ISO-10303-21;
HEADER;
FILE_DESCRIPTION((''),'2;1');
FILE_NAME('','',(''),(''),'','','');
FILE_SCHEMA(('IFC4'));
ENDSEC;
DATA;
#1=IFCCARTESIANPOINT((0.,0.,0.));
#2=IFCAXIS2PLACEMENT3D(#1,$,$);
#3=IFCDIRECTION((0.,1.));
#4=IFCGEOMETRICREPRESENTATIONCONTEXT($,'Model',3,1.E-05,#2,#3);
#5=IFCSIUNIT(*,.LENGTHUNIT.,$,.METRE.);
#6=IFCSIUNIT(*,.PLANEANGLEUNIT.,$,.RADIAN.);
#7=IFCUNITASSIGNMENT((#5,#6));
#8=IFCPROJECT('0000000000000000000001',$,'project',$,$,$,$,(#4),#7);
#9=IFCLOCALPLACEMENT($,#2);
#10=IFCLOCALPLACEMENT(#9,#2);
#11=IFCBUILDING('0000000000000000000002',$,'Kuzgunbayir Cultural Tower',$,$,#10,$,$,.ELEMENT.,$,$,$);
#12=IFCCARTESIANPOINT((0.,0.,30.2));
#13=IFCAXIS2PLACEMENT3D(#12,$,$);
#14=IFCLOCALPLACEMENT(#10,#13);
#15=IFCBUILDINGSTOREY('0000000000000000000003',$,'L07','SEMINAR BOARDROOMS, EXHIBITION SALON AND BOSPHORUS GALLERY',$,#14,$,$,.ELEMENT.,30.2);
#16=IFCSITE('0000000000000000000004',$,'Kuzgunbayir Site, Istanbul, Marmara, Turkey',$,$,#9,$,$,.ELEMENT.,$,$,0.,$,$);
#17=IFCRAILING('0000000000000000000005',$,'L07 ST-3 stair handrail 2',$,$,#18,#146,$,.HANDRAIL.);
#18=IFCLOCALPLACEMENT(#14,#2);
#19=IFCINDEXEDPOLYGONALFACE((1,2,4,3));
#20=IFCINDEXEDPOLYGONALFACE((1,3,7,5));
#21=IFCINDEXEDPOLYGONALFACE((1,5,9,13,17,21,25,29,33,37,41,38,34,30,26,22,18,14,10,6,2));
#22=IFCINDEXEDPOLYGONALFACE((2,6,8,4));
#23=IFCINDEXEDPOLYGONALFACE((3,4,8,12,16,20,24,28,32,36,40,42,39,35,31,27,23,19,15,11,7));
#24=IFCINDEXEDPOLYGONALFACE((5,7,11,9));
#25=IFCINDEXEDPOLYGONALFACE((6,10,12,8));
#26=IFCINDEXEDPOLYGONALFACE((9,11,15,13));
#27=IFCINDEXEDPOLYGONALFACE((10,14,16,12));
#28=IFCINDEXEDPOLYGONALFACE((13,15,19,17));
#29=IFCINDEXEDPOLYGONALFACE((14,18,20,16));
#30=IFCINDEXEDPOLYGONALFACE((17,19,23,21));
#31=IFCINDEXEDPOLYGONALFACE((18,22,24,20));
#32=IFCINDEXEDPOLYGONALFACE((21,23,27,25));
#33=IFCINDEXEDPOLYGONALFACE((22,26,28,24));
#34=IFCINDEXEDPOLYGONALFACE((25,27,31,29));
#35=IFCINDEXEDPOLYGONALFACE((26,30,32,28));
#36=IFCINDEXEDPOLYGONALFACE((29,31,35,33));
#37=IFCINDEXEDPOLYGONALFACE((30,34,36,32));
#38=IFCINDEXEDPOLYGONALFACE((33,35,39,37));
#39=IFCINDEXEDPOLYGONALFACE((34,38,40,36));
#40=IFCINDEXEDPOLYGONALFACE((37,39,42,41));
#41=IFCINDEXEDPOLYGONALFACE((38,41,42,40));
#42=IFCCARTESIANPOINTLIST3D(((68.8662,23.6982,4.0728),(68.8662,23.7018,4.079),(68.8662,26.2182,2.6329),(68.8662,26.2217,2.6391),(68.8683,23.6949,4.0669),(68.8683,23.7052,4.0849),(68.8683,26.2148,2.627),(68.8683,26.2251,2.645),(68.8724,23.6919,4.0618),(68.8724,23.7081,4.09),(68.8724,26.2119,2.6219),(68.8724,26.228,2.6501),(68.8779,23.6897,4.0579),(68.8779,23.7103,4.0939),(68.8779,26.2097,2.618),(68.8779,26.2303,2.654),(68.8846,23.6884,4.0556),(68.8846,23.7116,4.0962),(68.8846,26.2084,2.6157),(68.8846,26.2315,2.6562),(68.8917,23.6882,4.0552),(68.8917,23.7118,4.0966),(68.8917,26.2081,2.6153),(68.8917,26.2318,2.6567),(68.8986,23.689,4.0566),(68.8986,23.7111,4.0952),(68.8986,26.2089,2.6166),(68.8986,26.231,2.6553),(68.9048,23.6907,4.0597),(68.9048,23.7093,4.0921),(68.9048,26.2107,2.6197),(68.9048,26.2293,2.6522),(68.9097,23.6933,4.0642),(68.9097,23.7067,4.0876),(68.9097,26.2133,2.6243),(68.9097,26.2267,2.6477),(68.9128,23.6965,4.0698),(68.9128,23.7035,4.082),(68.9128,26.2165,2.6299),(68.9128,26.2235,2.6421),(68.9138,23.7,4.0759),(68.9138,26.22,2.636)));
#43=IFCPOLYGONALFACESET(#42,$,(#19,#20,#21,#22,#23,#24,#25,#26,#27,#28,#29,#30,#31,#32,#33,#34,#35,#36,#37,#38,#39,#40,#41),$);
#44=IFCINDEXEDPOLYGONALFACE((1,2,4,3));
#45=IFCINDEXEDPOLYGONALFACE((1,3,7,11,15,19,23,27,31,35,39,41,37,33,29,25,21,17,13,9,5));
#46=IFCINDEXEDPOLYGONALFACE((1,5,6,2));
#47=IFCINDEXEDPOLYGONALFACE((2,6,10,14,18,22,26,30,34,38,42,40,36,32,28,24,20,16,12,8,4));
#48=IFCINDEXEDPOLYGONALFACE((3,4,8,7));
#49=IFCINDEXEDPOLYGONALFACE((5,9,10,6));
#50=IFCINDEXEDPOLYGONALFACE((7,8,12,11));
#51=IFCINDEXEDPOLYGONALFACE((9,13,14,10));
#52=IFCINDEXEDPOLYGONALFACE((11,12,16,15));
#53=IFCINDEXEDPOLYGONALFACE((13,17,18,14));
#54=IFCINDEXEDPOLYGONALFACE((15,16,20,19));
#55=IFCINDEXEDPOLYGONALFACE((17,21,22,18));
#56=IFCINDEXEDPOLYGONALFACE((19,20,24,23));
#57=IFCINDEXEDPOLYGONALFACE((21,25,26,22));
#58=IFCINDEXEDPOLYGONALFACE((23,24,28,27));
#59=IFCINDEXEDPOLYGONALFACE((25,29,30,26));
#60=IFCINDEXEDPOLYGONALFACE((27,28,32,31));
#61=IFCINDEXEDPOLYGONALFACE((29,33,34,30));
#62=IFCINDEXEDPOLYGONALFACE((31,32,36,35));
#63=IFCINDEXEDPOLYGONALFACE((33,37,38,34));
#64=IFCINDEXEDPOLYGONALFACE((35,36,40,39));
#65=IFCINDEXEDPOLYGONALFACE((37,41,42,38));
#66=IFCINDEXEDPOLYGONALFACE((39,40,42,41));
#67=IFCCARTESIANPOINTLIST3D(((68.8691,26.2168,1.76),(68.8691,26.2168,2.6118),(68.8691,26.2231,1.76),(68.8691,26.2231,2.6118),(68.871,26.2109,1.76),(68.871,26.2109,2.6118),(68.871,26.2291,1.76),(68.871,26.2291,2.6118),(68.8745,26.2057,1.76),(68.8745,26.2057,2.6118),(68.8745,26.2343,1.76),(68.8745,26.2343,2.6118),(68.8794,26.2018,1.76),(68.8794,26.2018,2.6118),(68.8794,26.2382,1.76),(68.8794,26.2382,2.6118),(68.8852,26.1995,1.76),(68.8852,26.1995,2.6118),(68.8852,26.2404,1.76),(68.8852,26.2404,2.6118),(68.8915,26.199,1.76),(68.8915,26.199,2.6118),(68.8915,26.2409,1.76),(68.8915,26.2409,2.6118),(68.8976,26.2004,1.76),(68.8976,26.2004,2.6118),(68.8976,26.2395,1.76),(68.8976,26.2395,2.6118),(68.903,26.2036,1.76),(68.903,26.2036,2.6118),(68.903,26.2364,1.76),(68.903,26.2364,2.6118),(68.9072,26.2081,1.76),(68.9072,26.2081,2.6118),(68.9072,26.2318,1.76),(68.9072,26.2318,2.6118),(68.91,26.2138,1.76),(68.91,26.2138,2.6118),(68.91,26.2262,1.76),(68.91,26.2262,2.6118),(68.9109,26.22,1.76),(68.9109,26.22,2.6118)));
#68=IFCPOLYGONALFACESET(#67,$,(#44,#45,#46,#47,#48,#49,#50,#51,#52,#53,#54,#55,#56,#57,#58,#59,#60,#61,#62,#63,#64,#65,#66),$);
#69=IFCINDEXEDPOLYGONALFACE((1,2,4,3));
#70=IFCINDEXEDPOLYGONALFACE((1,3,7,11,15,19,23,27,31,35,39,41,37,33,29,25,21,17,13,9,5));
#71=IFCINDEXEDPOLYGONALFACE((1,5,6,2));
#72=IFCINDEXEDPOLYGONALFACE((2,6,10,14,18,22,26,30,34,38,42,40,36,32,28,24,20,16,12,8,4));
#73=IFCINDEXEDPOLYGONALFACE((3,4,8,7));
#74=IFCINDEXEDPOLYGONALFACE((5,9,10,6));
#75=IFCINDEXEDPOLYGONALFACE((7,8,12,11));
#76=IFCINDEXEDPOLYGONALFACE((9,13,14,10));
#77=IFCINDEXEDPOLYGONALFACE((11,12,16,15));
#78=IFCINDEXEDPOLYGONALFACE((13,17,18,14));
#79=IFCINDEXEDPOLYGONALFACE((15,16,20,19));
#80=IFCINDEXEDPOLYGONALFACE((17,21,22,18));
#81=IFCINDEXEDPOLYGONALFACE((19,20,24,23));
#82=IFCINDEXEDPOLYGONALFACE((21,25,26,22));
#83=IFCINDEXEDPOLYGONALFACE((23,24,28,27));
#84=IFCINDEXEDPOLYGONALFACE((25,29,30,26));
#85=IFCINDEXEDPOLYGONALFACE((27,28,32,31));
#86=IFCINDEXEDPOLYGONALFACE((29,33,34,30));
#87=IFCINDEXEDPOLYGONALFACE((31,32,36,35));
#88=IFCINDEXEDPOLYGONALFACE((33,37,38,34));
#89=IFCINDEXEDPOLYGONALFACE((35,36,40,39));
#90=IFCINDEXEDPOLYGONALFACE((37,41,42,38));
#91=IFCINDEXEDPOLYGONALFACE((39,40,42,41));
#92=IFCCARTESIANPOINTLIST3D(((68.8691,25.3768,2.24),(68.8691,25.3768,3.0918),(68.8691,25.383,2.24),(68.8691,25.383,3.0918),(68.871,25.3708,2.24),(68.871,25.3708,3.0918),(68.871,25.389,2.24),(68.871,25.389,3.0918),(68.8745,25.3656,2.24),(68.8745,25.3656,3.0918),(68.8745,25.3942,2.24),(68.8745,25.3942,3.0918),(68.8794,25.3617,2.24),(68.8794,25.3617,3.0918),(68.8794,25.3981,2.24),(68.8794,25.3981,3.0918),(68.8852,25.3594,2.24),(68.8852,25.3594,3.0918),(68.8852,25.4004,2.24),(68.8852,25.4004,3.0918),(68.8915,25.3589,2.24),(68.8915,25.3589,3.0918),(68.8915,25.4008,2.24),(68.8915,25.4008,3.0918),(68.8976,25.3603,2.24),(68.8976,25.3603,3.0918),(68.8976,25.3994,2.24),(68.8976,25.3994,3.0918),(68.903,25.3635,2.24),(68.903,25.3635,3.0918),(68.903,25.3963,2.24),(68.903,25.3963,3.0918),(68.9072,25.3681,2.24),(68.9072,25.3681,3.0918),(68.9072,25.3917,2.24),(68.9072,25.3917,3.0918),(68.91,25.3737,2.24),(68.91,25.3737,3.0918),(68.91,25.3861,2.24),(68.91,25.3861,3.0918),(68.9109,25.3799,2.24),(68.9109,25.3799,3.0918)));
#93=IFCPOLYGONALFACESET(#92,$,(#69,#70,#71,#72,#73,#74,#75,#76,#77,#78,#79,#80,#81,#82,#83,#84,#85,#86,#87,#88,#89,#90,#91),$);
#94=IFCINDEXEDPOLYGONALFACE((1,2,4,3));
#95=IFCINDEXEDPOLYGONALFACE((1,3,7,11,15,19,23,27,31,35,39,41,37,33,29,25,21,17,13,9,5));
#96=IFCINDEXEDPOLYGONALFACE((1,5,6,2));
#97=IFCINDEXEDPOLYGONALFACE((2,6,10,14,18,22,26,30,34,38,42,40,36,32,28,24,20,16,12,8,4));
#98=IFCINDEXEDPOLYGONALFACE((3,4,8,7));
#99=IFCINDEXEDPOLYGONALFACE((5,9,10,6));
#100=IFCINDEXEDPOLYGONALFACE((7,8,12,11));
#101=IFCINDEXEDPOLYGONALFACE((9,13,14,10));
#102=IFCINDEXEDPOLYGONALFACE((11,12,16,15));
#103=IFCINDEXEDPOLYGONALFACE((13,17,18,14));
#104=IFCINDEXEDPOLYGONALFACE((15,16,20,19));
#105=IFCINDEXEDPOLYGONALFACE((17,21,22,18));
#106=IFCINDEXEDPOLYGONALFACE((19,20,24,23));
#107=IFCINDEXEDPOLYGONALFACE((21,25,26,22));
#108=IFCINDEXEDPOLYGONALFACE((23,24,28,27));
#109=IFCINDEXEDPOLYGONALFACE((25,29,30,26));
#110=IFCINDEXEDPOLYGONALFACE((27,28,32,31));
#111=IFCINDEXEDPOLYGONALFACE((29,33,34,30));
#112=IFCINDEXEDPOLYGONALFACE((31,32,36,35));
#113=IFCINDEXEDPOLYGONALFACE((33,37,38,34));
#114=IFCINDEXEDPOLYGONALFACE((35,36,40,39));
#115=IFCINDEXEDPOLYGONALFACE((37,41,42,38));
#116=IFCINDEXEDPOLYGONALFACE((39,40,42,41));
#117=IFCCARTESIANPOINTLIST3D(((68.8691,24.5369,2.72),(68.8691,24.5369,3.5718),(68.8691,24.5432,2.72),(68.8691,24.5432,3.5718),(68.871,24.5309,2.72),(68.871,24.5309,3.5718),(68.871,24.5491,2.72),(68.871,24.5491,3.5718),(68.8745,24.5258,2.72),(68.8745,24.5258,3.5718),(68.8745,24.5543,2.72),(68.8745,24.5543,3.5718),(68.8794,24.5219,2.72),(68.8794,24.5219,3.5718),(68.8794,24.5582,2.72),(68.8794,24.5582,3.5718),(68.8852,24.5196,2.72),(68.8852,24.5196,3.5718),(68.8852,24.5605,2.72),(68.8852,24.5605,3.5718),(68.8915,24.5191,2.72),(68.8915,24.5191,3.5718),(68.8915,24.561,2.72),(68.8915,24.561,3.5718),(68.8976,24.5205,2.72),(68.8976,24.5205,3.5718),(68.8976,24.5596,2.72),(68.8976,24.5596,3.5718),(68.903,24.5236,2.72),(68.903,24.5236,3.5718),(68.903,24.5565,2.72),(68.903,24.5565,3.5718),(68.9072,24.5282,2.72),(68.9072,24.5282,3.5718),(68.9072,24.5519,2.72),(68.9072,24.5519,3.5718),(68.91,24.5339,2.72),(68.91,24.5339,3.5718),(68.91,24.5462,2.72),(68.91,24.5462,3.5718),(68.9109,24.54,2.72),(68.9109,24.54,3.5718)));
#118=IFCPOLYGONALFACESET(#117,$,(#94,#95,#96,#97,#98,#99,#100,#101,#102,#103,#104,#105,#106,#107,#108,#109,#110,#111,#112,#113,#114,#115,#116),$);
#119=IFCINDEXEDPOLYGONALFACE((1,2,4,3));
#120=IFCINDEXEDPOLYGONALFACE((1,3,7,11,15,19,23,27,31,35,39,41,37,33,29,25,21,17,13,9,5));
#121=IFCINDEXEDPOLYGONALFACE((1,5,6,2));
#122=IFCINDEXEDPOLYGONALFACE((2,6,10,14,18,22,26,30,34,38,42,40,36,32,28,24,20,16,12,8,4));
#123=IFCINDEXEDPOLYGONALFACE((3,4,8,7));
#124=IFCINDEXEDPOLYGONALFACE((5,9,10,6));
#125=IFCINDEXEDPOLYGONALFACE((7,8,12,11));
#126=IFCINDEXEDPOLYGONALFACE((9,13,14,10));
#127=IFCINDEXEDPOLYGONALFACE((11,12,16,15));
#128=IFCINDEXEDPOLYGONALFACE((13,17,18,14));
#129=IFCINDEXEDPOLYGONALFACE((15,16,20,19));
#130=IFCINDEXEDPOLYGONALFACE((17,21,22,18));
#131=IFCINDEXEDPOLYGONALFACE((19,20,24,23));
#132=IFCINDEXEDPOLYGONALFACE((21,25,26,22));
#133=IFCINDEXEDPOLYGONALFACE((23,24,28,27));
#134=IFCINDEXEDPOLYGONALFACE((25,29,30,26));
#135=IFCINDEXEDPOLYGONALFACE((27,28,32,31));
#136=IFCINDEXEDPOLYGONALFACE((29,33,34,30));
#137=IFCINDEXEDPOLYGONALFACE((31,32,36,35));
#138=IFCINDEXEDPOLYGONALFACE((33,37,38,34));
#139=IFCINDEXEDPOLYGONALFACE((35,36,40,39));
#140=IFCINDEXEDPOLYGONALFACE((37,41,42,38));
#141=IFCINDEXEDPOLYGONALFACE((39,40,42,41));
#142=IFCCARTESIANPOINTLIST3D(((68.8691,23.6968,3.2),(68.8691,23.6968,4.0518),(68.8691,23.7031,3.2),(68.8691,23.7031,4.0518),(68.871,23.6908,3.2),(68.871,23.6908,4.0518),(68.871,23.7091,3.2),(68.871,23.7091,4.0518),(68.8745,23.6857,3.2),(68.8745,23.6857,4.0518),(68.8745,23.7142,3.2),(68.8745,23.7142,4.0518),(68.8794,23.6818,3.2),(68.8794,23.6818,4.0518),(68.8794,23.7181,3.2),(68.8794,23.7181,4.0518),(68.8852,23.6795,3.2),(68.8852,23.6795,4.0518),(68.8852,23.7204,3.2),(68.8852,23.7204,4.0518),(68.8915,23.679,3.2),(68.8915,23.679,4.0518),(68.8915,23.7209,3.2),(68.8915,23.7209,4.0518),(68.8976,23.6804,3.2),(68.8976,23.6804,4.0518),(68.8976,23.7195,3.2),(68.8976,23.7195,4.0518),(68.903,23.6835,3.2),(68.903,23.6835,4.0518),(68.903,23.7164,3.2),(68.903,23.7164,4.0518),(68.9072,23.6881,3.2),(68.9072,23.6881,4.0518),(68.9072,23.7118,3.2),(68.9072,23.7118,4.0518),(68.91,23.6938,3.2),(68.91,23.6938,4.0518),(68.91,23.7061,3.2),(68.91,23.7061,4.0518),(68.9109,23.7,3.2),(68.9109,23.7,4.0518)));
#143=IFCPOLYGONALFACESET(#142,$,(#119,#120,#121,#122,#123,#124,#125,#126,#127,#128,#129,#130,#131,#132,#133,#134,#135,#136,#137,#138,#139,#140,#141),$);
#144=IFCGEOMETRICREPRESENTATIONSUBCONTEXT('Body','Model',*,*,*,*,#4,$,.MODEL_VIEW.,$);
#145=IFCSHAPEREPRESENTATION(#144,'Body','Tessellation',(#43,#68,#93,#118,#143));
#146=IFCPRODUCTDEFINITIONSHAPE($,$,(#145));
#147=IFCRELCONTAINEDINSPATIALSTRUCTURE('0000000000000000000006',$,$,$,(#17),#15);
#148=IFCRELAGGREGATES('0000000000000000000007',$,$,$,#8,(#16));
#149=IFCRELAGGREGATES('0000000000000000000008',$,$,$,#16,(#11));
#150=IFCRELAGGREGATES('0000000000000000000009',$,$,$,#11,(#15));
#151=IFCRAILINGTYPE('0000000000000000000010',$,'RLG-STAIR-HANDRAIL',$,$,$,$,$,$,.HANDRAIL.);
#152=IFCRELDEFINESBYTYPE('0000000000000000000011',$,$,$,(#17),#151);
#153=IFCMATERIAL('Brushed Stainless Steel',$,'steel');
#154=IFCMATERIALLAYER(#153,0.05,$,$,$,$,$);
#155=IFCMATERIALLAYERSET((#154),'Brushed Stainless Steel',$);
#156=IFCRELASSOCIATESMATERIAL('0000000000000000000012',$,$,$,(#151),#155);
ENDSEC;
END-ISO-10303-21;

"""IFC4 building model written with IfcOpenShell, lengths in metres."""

from ifc_helpers import new_model, si_unit, direction, frame, origin, origin_2d, place, context, subcontext, project, spatial, circle, extrude, material, layer, layer_set, type_object, element, save


model = new_model("IFC4")

# Units and contexts
model_context = context("Model", 3, precision=1e-05, world=origin(), true_north=direction((0.0, 1.0)))
body_context = subcontext(model_context, "Body", "Model", "MODEL_VIEW")
ifc_project = project(units=[si_unit("LENGTHUNIT", "METRE"), si_unit("PLANEANGLEUNIT", "RADIAN")], contexts=[model_context])

# Site, building, storey
site_placement = place(None, origin())
site = spatial("IfcSite", under=ifc_project, at=site_placement, Name="Kuzgunbayir Site, Istanbul, Marmara, Turkey", CompositionType="ELEMENT", RefElevation=0.0)
building_placement = place(site_placement, origin())
building = spatial("IfcBuilding", under=site, at=building_placement, Name="Kuzgunbayir Cultural Tower", CompositionType="ELEMENT")
storey_placement = place(building_placement, frame((0.0, 0.0, 30.2)))
storey = spatial("IfcBuildingStorey", under=building, at=storey_placement, Name="L07", Description="SEMINAR BOARDROOMS, EXHIBITION SALON AND BOSPHORUS GALLERY", CompositionType="ELEMENT", Elevation=30.2)

# Railing
ifc_material_1 = material(Name="Brushed Stainless Steel", Category="steel")
ifc_layer_1 = layer(ifc_material_1, 0.05)
ifc_layer_set_1 = layer_set([ifc_layer_1], Name="Brushed Stainless Steel")
railing_type_1 = type_object("IfcRailingType", Name="RLG-STAIR-HANDRAIL", PredefinedType="HANDRAIL", material=ifc_layer_set_1)
railing_1_placement = place(storey_placement, frame((68.8899, 26.22, 1.76)))
element("IfcRailing", 1, at=railing_1_placement, inside=storey, type_object=railing_type_1, Name="L07 ST-3 stair handrail 2", PredefinedType="HANDRAIL", context=body_context, shape_type="SweptSolid", body=[
    extrude(circle(Radius=0.0239, at=origin_2d()), frame((0.0, 0.0, 0.876), z_axis=(0.0, -0.868253, 0.496121), x_axis=(1.0, 0.0, 0.0)), (0.0, 0.0, 1.0), 2.9023),
    extrude(circle(Radius=0.021, at=origin_2d()), origin(), (0.0, 0.0, 1.0), 0.8518),
    extrude(circle(Radius=0.021, at=origin_2d()), frame((0.0, -0.8401, 0.48)), (0.0, 0.0, 1.0), 0.8518),
    extrude(circle(Radius=0.021, at=origin_2d()), frame((0.0, -1.6799, 0.96)), (0.0, 0.0, 1.0), 0.8518),
    extrude(circle(Radius=0.021, at=origin_2d()), frame((0.0, -2.52, 1.4399)), (0.0, 0.0, 1.0), 0.8518),
])

save(model, "model.ifc")
